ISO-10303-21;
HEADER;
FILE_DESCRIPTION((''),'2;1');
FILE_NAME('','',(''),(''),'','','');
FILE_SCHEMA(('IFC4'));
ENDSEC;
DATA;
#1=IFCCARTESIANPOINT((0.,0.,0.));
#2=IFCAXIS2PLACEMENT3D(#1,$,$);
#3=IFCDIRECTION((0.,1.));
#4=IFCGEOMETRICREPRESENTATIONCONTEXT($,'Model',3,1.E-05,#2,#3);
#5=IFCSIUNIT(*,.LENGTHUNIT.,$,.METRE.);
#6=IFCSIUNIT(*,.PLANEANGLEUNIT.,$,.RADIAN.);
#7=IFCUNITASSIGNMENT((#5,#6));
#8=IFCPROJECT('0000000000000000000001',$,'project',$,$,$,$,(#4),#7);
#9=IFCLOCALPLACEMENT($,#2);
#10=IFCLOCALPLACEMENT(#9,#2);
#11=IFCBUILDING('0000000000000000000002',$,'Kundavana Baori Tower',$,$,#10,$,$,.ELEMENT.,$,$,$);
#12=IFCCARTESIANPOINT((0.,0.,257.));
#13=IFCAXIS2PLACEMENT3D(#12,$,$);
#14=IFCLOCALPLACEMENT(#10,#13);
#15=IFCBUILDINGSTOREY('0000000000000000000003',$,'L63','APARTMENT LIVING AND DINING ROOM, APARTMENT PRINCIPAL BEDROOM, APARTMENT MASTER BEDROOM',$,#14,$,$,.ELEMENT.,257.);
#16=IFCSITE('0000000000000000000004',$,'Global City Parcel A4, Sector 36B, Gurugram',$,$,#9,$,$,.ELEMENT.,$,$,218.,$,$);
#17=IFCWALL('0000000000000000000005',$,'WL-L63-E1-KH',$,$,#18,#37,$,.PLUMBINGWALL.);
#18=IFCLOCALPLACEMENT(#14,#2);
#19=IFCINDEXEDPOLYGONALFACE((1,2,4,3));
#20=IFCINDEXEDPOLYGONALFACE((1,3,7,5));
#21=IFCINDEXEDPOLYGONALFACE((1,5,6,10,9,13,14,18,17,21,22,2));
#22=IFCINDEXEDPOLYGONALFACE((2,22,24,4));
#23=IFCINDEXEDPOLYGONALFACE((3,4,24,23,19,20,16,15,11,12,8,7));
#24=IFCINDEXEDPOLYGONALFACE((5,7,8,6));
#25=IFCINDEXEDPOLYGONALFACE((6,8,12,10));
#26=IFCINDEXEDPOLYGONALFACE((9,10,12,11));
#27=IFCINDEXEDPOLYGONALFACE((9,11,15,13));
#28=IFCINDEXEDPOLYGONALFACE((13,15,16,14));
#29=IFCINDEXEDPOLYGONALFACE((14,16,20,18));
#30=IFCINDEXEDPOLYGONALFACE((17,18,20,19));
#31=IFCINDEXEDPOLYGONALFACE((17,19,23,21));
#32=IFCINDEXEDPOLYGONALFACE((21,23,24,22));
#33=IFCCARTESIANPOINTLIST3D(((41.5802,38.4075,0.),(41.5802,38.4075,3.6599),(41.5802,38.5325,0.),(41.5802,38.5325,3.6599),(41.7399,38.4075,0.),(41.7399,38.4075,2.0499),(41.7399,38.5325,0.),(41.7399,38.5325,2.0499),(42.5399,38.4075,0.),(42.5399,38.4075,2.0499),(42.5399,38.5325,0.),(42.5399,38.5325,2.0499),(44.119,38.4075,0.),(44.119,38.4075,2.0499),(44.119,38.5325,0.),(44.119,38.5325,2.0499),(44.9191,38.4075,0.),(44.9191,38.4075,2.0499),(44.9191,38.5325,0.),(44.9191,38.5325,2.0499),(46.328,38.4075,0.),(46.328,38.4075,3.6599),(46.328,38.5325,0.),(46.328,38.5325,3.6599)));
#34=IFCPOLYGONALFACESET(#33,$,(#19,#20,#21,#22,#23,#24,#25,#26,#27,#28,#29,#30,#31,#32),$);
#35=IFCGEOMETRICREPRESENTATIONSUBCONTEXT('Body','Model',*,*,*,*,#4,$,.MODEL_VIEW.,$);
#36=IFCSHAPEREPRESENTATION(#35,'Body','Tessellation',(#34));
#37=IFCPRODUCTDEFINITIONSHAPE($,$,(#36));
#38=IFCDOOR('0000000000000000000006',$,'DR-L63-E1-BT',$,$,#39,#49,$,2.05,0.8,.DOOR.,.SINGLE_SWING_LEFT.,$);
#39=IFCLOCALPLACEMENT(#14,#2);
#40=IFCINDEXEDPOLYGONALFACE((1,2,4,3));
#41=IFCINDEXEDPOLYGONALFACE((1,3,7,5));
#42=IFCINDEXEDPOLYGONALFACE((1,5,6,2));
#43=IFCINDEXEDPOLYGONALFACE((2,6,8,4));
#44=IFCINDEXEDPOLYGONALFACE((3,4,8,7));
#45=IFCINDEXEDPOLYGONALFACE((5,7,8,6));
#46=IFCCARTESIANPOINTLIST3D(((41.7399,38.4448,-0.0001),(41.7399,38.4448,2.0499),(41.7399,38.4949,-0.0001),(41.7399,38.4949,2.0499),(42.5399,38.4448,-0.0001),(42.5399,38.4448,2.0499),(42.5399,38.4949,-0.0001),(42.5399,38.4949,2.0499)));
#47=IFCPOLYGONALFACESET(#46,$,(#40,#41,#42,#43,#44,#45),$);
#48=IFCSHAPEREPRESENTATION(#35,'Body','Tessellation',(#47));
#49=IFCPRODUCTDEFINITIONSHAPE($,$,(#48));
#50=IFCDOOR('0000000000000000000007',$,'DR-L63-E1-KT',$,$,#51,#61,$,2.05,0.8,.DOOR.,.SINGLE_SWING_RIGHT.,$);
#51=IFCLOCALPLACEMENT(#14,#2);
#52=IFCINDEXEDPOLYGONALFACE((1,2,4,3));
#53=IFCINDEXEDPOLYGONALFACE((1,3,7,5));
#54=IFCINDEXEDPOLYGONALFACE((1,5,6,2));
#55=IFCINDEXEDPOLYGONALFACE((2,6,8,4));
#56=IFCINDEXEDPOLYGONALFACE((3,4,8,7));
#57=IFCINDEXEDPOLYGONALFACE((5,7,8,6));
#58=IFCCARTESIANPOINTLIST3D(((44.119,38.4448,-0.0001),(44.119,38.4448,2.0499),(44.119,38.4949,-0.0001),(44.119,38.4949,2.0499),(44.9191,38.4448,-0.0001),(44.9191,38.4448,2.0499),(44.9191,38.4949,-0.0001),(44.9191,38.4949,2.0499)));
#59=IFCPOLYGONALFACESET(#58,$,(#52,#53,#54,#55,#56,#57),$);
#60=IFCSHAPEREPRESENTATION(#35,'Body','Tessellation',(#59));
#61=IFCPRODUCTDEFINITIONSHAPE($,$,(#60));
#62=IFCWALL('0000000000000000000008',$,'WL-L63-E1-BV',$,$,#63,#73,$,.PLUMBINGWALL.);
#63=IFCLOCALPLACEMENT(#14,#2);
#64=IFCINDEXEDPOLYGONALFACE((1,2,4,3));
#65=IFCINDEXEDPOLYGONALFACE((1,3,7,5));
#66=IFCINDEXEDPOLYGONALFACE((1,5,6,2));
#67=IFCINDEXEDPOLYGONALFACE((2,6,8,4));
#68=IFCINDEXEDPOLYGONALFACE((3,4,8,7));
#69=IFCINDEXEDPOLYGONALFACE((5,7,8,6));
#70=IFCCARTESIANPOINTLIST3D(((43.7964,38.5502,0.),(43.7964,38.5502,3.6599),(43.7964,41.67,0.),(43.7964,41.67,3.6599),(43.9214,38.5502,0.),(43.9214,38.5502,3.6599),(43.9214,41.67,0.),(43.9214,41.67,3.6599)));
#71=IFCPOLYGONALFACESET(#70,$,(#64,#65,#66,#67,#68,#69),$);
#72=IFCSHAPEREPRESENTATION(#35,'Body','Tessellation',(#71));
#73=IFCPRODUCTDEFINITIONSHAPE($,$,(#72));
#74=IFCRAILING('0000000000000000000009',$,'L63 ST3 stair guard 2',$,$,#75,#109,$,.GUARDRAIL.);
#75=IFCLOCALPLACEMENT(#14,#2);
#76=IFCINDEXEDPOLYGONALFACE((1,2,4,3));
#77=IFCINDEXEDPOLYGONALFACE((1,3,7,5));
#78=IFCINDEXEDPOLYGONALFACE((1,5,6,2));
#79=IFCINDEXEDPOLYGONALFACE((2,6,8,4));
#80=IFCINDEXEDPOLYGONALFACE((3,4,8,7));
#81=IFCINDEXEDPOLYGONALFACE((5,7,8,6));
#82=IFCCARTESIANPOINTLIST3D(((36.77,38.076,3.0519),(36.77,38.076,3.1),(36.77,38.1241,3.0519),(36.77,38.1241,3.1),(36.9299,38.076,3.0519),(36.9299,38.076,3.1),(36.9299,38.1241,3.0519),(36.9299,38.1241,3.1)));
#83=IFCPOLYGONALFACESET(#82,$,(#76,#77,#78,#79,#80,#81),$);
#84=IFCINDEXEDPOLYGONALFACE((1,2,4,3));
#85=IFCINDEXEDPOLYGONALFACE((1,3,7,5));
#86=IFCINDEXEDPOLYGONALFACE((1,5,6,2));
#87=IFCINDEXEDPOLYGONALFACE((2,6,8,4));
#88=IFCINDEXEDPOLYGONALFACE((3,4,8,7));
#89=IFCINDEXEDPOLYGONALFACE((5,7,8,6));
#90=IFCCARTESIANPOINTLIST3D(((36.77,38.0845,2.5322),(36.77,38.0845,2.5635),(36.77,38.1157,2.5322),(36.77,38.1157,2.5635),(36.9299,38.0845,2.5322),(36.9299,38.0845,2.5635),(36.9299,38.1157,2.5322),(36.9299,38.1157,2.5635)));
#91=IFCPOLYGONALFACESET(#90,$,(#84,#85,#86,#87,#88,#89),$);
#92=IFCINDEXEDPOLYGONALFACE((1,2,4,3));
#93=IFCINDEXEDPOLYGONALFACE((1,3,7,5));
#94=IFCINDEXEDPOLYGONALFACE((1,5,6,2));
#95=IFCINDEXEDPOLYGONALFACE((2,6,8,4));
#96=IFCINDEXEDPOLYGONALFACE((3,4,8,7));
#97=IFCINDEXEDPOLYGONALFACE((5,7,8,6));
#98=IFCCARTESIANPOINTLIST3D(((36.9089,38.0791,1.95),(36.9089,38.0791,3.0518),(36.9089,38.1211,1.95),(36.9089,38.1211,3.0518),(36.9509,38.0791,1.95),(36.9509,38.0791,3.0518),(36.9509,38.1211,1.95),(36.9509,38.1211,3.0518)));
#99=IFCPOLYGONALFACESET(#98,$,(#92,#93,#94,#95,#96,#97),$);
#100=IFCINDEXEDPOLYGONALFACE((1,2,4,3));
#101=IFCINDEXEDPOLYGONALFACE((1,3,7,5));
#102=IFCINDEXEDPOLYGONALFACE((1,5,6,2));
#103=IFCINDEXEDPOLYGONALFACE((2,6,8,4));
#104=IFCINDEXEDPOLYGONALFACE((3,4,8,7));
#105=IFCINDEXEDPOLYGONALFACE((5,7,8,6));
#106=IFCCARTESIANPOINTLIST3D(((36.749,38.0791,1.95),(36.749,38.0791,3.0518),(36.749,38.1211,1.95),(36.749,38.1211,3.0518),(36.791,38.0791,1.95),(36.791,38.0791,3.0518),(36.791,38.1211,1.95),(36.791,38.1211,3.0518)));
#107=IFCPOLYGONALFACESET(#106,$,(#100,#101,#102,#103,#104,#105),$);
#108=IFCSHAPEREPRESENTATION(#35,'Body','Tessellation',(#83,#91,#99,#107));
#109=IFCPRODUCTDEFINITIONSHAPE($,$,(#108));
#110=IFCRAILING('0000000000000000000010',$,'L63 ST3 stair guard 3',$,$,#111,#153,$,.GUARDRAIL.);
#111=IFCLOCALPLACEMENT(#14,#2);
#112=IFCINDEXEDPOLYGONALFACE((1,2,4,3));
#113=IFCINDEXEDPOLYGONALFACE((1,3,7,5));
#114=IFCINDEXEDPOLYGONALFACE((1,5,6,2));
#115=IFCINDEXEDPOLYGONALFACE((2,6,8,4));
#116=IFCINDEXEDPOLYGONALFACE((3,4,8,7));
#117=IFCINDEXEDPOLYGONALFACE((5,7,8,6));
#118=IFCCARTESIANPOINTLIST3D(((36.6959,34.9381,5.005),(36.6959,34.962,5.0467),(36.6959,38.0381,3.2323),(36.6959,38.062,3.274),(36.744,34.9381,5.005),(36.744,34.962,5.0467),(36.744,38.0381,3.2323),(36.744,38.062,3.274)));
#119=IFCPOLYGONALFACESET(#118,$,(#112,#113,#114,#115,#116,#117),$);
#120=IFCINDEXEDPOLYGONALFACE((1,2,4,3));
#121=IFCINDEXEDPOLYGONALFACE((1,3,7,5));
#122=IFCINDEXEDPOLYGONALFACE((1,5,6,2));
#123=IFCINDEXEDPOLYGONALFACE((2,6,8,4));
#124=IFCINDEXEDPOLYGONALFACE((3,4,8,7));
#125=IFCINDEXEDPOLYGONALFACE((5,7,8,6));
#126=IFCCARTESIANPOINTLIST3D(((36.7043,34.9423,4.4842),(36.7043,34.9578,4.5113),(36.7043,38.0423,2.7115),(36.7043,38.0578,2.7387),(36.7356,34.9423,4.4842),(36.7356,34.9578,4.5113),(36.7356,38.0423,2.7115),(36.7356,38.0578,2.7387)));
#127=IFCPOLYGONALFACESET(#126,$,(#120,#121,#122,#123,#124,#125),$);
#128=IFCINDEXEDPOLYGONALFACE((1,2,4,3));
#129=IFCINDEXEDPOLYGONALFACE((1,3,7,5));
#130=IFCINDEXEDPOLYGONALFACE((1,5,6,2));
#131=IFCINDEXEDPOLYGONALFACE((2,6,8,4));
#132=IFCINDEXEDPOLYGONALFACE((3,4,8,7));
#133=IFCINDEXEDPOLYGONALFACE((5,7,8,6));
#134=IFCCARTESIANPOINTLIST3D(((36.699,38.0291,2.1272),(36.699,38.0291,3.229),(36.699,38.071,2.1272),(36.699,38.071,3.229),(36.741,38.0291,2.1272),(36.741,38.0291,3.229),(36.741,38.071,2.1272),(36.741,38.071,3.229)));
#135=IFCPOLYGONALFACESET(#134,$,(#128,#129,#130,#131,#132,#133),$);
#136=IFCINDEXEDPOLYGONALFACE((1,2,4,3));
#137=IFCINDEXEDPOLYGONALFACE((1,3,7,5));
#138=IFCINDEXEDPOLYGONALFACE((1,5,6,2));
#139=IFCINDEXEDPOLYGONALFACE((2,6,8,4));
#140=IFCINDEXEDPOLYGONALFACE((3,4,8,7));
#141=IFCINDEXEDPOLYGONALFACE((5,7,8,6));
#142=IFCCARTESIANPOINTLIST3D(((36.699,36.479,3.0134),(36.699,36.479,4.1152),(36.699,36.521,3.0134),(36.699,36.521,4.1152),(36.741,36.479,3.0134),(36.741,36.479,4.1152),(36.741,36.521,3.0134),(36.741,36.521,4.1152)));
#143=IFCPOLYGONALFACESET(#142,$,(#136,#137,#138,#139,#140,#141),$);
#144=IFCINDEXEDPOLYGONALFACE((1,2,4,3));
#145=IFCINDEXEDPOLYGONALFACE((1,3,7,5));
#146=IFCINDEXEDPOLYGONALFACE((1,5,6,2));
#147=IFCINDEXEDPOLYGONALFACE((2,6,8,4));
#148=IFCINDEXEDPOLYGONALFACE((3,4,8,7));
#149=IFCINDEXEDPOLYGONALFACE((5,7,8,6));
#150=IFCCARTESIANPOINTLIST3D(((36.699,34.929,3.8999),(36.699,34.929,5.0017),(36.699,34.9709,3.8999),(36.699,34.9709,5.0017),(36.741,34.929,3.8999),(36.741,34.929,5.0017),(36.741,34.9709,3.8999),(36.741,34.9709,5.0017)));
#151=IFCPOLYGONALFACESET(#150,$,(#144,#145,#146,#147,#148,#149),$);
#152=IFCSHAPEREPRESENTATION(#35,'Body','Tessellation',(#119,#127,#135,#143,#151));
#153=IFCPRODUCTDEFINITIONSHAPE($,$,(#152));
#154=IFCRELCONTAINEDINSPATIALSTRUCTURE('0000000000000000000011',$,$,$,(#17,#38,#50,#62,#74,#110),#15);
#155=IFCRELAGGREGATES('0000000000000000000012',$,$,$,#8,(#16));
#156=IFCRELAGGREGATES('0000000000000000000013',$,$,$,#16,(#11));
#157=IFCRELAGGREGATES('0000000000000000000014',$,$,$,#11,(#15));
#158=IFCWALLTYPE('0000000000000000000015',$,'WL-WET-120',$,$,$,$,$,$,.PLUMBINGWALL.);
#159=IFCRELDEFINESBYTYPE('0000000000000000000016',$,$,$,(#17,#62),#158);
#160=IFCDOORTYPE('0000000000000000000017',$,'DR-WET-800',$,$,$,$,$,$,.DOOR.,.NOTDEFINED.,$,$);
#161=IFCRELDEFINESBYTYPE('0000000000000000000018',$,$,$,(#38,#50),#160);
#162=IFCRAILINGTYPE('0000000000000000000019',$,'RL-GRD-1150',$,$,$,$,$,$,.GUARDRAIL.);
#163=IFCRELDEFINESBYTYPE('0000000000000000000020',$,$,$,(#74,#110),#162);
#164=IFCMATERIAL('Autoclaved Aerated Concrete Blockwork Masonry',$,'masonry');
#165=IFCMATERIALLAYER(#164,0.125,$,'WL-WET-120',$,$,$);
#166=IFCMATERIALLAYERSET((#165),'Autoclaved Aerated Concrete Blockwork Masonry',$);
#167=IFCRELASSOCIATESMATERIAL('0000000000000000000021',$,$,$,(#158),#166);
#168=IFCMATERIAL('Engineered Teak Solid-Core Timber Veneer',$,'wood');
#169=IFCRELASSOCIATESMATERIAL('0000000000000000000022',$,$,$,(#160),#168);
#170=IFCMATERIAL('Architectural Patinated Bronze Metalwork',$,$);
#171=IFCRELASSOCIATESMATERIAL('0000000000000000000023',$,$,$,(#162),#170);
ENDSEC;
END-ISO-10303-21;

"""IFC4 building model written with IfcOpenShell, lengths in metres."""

from ifc_helpers import new_model, si_unit, direction, frame, frame_2d, origin, origin_2d, place, context, subcontext, project, spatial, rectangle, extrude, material, layer, layer_set, type_object, element, fill, save


model = new_model("IFC4")

# Units and contexts
model_context = context("Model", 3, precision=1e-05, world=origin(), true_north=direction((0.0, 1.0)))
body_context = subcontext(model_context, "Body", "Model", "MODEL_VIEW")
ifc_project = project(units=[si_unit("LENGTHUNIT", "METRE"), si_unit("PLANEANGLEUNIT", "RADIAN")], contexts=[model_context])

# Site, building, storey
site_placement = place(None, origin())
site = spatial("IfcSite", under=ifc_project, at=site_placement, Name="Global City Parcel A4, Sector 36B, Gurugram", CompositionType="ELEMENT", RefElevation=218.0)
building_placement = place(site_placement, origin())
building = spatial("IfcBuilding", under=site, at=building_placement, Name="Kundavana Baori Tower", CompositionType="ELEMENT")
storey_placement = place(building_placement, frame((0.0, 0.0, 257.0)))
storey = spatial("IfcBuildingStorey", under=building, at=storey_placement, Name="L63", Description="APARTMENT LIVING AND DINING ROOM, APARTMENT PRINCIPAL BEDROOM, APARTMENT MASTER BEDROOM", CompositionType="ELEMENT", Elevation=257.0)

# Wall, openings, doors
ifc_material_1 = material(Name="Autoclaved Aerated Concrete Blockwork Masonry", Category="masonry")
ifc_layer_1 = layer(ifc_material_1, 0.125, Name="WL-WET-120")
ifc_layer_set_1 = layer_set([ifc_layer_1], Name="Autoclaved Aerated Concrete Blockwork Masonry")
wall_type_1 = type_object("IfcWallType", Name="WL-WET-120", PredefinedType="PLUMBINGWALL", material=ifc_layer_set_1)
wall_1_placement = place(storey_placement, frame((41.5801, 38.47, 0.0), z_axis=(0.0, 0.0, 1.0), x_axis=(1.0, 0.0, 0.0)))
wall_1 = element("IfcWall", 1, at=wall_1_placement, inside=storey, type_object=wall_type_1, Name="WL-L63-E1-KH", PredefinedType="PLUMBINGWALL", context=body_context, shape_type="SweptSolid", body=[
    extrude(rectangle(XDim=4.7478, YDim=0.125, at=frame_2d((2.374, 0.0))), origin(), (0.0, 0.0, 1.0), 3.6599),
])
opening_1_placement = place(wall_1_placement, frame((0.1599, 0.0, 0.0)))
opening_1 = element("IfcOpeningElement", 2, at=opening_1_placement, cuts=wall_1, PredefinedType="OPENING", context=body_context, shape_type="SweptSolid", body=[
    extrude(rectangle(XDim=0.8, YDim=2.05, at=frame_2d((0.3999, 1.0249))), frame((0.0, 0.0725, 0.0), z_axis=(0.0, -1.0, 0.0), x_axis=(1.0, 0.0, 0.0)), (0.0, 0.0, 1.0), 0.145),
])
opening_2_placement = place(wall_1_placement, frame((2.5391, 0.0, 0.0)))
opening_2 = element("IfcOpeningElement", 3, at=opening_2_placement, cuts=wall_1, PredefinedType="OPENING", context=body_context, shape_type="SweptSolid", body=[
    extrude(rectangle(XDim=0.8, YDim=2.05, at=frame_2d((0.3999, 1.0249))), frame((0.0, 0.0725, 0.0), z_axis=(0.0, -1.0, 0.0), x_axis=(1.0, 0.0, 0.0)), (0.0, 0.0, 1.0), 0.145),
])
ifc_material_2 = material(Name="Engineered Teak Solid-Core Timber Veneer", Category="wood")
door_type_1 = type_object("IfcDoorType", Name="DR-WET-800", OperationType="NOTDEFINED", PredefinedType="DOOR", material=ifc_material_2)
door_1_placement = place(opening_1_placement, origin())
door_1 = element("IfcDoor", 4, at=door_1_placement, inside=storey, type_object=door_type_1, Name="DR-L63-E1-BT", OperationType="SINGLE_SWING_LEFT", OverallHeight=2.05, OverallWidth=0.8, PredefinedType="DOOR", context=body_context, shape_type="SweptSolid", body=[
    extrude(rectangle(XDim=0.8, YDim=2.05, at=frame_2d((0.3999, 1.0249))), frame((0.0, 0.0249, 0.0), z_axis=(0.0, -1.0, 0.0), x_axis=(1.0, 0.0, 0.0)), (0.0, 0.0, 1.0), 0.05),
])
fill(opening_1, door_1)
door_2_placement = place(opening_2_placement, origin())
door_2 = element("IfcDoor", 5, at=door_2_placement, inside=storey, type_object=door_type_1, Name="DR-L63-E1-KT", OperationType="SINGLE_SWING_RIGHT", OverallHeight=2.05, OverallWidth=0.8, PredefinedType="DOOR", context=body_context, shape_type="SweptSolid", body=[
    extrude(rectangle(XDim=0.8, YDim=2.05, at=frame_2d((0.3999, 1.0249))), frame((0.0, 0.0249, 0.0), z_axis=(0.0, -1.0, 0.0), x_axis=(1.0, 0.0, 0.0)), (0.0, 0.0, 1.0), 0.05),
])
fill(opening_2, door_2)

# Wall
wall_2_placement = place(storey_placement, frame((43.8589, 38.55, 0.0), z_axis=(0.0, 0.0, 1.0), x_axis=(0.0, 1.0, 0.0)))
element("IfcWall", 6, at=wall_2_placement, inside=storey, type_object=wall_type_1, Name="WL-L63-E1-BV", PredefinedType="PLUMBINGWALL", context=body_context, shape_type="SweptSolid", body=[
    extrude(rectangle(XDim=3.1199, YDim=0.125, at=frame_2d((1.5601, 0.0))), origin(), (0.0, 0.0, 1.0), 3.6599),
])

# Railings
ifc_material_3 = material(Name="Architectural Patinated Bronze Metalwork")
railing_type_1 = type_object("IfcRailingType", Name="RL-GRD-1150", PredefinedType="GUARDRAIL", material=ifc_material_3)
railing_1_placement = place(storey_placement, frame((36.9299, 38.1001, 1.95)))
element("IfcRailing", 7, at=railing_1_placement, inside=storey, type_object=railing_type_1, Name="L63 ST3 stair guard 2", PredefinedType="GUARDRAIL", context=body_context, shape_type="SweptSolid", body=[
    extrude(rectangle(XDim=0.0481, YDim=0.0481, at=origin_2d()), frame((0.0, 0.0, 1.126), z_axis=(-1.0, 0.0, 0.0), x_axis=(0.0, -1.0, 0.0)), (0.0, 0.0, 1.0), 0.1599),
    extrude(rectangle(XDim=0.0312, YDim=0.0312, at=origin_2d()), frame((0.0, 0.0, 0.5979), z_axis=(-1.0, 0.0, 0.0), x_axis=(0.0, -1.0, 0.0)), (0.0, 0.0, 1.0), 0.1599),
    extrude(rectangle(XDim=0.042, YDim=0.042, at=origin_2d()), origin(), (0.0, 0.0, 1.0), 1.1018),
    extrude(rectangle(XDim=0.042, YDim=0.042, at=origin_2d()), frame((-0.1599, 0.0, 0.0)), (0.0, 0.0, 1.0), 1.1018),
])
railing_2_placement = place(storey_placement, frame((36.72, 38.05, 2.1272)))
element("IfcRailing", 8, at=railing_2_placement, inside=storey, type_object=railing_type_1, Name="L63 ST3 stair guard 3", PredefinedType="GUARDRAIL", context=body_context, shape_type="SweptSolid", body=[
    extrude(rectangle(XDim=0.0481, YDim=0.0481, at=origin_2d()), frame((0.0, 0.0, 1.126), z_axis=(0.0, -0.868096, 0.496397), x_axis=(1.0, 0.0, 0.0)), (0.0, 0.0, 1.0), 3.571),
    extrude(rectangle(XDim=0.0312, YDim=0.0312, at=origin_2d()), frame((0.0, 0.0, 0.5979), z_axis=(0.0, -0.868096, 0.496397), x_axis=(1.0, 0.0, 0.0)), (0.0, 0.0, 1.0), 3.571),
    extrude(rectangle(XDim=0.042, YDim=0.042, at=origin_2d()), origin(), (0.0, 0.0, 1.0), 1.1018),
    extrude(rectangle(XDim=0.042, YDim=0.042, at=origin_2d()), frame((0.0, -1.55, 0.8862)), (0.0, 0.0, 1.0), 1.1018),
    extrude(rectangle(XDim=0.042, YDim=0.042, at=origin_2d()), frame((0.0, -3.1001, 1.7727)), (0.0, 0.0, 1.0), 1.1018),
])

save(model, "model.ifc")
